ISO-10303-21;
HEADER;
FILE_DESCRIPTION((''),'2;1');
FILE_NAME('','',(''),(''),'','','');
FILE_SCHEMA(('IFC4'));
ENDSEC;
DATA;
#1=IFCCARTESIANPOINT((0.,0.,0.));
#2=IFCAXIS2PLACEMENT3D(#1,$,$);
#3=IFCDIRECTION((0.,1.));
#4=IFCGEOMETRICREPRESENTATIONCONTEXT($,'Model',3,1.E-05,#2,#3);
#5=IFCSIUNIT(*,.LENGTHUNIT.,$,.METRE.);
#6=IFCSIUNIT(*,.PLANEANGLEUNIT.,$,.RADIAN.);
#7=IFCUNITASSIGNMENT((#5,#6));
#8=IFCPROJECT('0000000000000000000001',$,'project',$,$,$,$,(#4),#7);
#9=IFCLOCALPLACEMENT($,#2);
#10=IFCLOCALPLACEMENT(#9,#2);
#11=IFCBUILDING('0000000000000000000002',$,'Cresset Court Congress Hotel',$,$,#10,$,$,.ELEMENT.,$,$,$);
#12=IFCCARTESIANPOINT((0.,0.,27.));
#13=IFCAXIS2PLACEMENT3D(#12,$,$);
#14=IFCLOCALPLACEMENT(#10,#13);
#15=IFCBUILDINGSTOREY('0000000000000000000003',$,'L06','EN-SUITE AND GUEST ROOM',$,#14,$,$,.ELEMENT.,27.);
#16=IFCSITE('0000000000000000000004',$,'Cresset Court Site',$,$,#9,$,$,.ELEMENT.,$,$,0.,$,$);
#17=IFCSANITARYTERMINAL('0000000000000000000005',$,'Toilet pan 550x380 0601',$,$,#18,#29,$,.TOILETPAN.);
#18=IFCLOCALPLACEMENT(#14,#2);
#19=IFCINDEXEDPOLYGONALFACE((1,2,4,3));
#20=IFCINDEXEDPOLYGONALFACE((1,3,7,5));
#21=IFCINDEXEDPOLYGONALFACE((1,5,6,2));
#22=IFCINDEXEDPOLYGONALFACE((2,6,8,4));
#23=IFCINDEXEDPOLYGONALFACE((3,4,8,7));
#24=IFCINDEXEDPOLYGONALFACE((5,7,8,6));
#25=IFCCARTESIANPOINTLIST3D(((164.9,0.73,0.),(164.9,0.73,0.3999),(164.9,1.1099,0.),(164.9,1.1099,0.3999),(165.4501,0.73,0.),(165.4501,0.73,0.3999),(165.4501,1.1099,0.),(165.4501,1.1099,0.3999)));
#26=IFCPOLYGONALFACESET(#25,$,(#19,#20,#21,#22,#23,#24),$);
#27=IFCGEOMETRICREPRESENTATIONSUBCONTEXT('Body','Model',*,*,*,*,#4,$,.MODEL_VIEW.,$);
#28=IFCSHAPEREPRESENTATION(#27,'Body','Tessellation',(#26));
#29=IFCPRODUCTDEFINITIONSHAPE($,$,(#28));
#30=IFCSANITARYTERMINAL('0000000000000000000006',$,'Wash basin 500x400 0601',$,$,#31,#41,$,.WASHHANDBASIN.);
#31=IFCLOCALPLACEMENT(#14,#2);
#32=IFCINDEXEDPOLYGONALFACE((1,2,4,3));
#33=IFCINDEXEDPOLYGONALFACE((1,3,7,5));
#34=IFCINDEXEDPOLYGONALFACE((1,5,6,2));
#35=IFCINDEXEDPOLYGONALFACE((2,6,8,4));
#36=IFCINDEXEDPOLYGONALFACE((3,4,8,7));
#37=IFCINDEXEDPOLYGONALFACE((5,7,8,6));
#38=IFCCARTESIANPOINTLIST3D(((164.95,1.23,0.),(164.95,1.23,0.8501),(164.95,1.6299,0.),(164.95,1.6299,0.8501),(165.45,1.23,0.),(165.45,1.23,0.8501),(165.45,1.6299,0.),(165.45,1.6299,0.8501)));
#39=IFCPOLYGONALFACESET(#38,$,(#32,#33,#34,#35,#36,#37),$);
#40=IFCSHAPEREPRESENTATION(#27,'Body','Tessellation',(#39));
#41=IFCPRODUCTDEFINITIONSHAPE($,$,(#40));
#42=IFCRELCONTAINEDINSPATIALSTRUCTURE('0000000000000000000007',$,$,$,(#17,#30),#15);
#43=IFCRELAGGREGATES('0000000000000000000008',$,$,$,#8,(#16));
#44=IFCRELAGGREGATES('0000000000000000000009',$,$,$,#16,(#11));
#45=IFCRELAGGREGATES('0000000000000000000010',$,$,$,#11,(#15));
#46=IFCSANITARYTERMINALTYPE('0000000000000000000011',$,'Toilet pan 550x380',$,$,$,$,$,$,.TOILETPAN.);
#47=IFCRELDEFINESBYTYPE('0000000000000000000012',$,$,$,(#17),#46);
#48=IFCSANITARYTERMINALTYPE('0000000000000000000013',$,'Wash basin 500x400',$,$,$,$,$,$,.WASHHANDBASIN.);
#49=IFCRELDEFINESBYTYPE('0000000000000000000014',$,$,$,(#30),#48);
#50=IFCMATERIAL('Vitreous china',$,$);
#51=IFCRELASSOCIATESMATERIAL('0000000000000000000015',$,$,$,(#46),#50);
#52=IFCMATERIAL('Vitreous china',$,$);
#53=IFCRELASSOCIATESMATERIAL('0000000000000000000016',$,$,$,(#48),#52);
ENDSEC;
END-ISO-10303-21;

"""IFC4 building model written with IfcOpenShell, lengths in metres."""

from ifc_helpers import new_model, si_unit, direction, frame, origin, origin_2d, place, context, subcontext, project, spatial, rectangle, extrude, material, type_object, element, save


model = new_model("IFC4")

# Units and contexts
model_context = context("Model", 3, precision=1e-05, world=origin(), true_north=direction((0.0, 1.0)))
body_context = subcontext(model_context, "Body", "Model", "MODEL_VIEW")
ifc_project = project(units=[si_unit("LENGTHUNIT", "METRE"), si_unit("PLANEANGLEUNIT", "RADIAN")], contexts=[model_context])

# Site, building, storey
site_placement = place(None, origin())
site = spatial("IfcSite", under=ifc_project, at=site_placement, Name="Cresset Court Site", CompositionType="ELEMENT", RefElevation=0.0)
building_placement = place(site_placement, origin())
building = spatial("IfcBuilding", under=site, at=building_placement, Name="Cresset Court Congress Hotel", CompositionType="ELEMENT")
storey_placement = place(building_placement, frame((0.0, 0.0, 27.0)))
storey = spatial("IfcBuildingStorey", under=building, at=storey_placement, Name="L06", Description="EN-SUITE AND GUEST ROOM", CompositionType="ELEMENT", Elevation=27.0)

# Sanitary terminals
ifc_material_1 = material(Name="Vitreous china")
sanitary_terminal_type_1 = type_object("IfcSanitaryTerminalType", Name="Toilet pan 550x380", PredefinedType="TOILETPAN", material=ifc_material_1)
sanitary_terminal_1_placement = place(storey_placement, frame((165.175, 0.9199, 0.0), z_axis=(0.0, 0.0, 1.0), x_axis=(1.0, 0.0, 0.0)))
element("IfcSanitaryTerminal", 1, at=sanitary_terminal_1_placement, inside=storey, type_object=sanitary_terminal_type_1, Name="Toilet pan 550x380 0601", PredefinedType="TOILETPAN", context=body_context, shape_type="SweptSolid", body=[
    extrude(rectangle(XDim=0.55, YDim=0.3799, at=origin_2d()), origin(), (0.0, 0.0, 1.0), 0.3999),
])
ifc_material_2 = material(Name="Vitreous china")
sanitary_terminal_type_2 = type_object("IfcSanitaryTerminalType", Name="Wash basin 500x400", PredefinedType="WASHHANDBASIN", material=ifc_material_2)
sanitary_terminal_2_placement = place(storey_placement, frame((165.2, 1.4299, 0.0), z_axis=(0.0, 0.0, 1.0), x_axis=(1.0, 0.0, 0.0)))
element("IfcSanitaryTerminal", 2, at=sanitary_terminal_2_placement, inside=storey, type_object=sanitary_terminal_type_2, Name="Wash basin 500x400 0601", PredefinedType="WASHHANDBASIN", context=body_context, shape_type="SweptSolid", body=[
    extrude(rectangle(XDim=0.5, YDim=0.3999, at=origin_2d()), origin(), (0.0, 0.0, 1.0), 0.8501),
])

save(model, "model.ifc")
